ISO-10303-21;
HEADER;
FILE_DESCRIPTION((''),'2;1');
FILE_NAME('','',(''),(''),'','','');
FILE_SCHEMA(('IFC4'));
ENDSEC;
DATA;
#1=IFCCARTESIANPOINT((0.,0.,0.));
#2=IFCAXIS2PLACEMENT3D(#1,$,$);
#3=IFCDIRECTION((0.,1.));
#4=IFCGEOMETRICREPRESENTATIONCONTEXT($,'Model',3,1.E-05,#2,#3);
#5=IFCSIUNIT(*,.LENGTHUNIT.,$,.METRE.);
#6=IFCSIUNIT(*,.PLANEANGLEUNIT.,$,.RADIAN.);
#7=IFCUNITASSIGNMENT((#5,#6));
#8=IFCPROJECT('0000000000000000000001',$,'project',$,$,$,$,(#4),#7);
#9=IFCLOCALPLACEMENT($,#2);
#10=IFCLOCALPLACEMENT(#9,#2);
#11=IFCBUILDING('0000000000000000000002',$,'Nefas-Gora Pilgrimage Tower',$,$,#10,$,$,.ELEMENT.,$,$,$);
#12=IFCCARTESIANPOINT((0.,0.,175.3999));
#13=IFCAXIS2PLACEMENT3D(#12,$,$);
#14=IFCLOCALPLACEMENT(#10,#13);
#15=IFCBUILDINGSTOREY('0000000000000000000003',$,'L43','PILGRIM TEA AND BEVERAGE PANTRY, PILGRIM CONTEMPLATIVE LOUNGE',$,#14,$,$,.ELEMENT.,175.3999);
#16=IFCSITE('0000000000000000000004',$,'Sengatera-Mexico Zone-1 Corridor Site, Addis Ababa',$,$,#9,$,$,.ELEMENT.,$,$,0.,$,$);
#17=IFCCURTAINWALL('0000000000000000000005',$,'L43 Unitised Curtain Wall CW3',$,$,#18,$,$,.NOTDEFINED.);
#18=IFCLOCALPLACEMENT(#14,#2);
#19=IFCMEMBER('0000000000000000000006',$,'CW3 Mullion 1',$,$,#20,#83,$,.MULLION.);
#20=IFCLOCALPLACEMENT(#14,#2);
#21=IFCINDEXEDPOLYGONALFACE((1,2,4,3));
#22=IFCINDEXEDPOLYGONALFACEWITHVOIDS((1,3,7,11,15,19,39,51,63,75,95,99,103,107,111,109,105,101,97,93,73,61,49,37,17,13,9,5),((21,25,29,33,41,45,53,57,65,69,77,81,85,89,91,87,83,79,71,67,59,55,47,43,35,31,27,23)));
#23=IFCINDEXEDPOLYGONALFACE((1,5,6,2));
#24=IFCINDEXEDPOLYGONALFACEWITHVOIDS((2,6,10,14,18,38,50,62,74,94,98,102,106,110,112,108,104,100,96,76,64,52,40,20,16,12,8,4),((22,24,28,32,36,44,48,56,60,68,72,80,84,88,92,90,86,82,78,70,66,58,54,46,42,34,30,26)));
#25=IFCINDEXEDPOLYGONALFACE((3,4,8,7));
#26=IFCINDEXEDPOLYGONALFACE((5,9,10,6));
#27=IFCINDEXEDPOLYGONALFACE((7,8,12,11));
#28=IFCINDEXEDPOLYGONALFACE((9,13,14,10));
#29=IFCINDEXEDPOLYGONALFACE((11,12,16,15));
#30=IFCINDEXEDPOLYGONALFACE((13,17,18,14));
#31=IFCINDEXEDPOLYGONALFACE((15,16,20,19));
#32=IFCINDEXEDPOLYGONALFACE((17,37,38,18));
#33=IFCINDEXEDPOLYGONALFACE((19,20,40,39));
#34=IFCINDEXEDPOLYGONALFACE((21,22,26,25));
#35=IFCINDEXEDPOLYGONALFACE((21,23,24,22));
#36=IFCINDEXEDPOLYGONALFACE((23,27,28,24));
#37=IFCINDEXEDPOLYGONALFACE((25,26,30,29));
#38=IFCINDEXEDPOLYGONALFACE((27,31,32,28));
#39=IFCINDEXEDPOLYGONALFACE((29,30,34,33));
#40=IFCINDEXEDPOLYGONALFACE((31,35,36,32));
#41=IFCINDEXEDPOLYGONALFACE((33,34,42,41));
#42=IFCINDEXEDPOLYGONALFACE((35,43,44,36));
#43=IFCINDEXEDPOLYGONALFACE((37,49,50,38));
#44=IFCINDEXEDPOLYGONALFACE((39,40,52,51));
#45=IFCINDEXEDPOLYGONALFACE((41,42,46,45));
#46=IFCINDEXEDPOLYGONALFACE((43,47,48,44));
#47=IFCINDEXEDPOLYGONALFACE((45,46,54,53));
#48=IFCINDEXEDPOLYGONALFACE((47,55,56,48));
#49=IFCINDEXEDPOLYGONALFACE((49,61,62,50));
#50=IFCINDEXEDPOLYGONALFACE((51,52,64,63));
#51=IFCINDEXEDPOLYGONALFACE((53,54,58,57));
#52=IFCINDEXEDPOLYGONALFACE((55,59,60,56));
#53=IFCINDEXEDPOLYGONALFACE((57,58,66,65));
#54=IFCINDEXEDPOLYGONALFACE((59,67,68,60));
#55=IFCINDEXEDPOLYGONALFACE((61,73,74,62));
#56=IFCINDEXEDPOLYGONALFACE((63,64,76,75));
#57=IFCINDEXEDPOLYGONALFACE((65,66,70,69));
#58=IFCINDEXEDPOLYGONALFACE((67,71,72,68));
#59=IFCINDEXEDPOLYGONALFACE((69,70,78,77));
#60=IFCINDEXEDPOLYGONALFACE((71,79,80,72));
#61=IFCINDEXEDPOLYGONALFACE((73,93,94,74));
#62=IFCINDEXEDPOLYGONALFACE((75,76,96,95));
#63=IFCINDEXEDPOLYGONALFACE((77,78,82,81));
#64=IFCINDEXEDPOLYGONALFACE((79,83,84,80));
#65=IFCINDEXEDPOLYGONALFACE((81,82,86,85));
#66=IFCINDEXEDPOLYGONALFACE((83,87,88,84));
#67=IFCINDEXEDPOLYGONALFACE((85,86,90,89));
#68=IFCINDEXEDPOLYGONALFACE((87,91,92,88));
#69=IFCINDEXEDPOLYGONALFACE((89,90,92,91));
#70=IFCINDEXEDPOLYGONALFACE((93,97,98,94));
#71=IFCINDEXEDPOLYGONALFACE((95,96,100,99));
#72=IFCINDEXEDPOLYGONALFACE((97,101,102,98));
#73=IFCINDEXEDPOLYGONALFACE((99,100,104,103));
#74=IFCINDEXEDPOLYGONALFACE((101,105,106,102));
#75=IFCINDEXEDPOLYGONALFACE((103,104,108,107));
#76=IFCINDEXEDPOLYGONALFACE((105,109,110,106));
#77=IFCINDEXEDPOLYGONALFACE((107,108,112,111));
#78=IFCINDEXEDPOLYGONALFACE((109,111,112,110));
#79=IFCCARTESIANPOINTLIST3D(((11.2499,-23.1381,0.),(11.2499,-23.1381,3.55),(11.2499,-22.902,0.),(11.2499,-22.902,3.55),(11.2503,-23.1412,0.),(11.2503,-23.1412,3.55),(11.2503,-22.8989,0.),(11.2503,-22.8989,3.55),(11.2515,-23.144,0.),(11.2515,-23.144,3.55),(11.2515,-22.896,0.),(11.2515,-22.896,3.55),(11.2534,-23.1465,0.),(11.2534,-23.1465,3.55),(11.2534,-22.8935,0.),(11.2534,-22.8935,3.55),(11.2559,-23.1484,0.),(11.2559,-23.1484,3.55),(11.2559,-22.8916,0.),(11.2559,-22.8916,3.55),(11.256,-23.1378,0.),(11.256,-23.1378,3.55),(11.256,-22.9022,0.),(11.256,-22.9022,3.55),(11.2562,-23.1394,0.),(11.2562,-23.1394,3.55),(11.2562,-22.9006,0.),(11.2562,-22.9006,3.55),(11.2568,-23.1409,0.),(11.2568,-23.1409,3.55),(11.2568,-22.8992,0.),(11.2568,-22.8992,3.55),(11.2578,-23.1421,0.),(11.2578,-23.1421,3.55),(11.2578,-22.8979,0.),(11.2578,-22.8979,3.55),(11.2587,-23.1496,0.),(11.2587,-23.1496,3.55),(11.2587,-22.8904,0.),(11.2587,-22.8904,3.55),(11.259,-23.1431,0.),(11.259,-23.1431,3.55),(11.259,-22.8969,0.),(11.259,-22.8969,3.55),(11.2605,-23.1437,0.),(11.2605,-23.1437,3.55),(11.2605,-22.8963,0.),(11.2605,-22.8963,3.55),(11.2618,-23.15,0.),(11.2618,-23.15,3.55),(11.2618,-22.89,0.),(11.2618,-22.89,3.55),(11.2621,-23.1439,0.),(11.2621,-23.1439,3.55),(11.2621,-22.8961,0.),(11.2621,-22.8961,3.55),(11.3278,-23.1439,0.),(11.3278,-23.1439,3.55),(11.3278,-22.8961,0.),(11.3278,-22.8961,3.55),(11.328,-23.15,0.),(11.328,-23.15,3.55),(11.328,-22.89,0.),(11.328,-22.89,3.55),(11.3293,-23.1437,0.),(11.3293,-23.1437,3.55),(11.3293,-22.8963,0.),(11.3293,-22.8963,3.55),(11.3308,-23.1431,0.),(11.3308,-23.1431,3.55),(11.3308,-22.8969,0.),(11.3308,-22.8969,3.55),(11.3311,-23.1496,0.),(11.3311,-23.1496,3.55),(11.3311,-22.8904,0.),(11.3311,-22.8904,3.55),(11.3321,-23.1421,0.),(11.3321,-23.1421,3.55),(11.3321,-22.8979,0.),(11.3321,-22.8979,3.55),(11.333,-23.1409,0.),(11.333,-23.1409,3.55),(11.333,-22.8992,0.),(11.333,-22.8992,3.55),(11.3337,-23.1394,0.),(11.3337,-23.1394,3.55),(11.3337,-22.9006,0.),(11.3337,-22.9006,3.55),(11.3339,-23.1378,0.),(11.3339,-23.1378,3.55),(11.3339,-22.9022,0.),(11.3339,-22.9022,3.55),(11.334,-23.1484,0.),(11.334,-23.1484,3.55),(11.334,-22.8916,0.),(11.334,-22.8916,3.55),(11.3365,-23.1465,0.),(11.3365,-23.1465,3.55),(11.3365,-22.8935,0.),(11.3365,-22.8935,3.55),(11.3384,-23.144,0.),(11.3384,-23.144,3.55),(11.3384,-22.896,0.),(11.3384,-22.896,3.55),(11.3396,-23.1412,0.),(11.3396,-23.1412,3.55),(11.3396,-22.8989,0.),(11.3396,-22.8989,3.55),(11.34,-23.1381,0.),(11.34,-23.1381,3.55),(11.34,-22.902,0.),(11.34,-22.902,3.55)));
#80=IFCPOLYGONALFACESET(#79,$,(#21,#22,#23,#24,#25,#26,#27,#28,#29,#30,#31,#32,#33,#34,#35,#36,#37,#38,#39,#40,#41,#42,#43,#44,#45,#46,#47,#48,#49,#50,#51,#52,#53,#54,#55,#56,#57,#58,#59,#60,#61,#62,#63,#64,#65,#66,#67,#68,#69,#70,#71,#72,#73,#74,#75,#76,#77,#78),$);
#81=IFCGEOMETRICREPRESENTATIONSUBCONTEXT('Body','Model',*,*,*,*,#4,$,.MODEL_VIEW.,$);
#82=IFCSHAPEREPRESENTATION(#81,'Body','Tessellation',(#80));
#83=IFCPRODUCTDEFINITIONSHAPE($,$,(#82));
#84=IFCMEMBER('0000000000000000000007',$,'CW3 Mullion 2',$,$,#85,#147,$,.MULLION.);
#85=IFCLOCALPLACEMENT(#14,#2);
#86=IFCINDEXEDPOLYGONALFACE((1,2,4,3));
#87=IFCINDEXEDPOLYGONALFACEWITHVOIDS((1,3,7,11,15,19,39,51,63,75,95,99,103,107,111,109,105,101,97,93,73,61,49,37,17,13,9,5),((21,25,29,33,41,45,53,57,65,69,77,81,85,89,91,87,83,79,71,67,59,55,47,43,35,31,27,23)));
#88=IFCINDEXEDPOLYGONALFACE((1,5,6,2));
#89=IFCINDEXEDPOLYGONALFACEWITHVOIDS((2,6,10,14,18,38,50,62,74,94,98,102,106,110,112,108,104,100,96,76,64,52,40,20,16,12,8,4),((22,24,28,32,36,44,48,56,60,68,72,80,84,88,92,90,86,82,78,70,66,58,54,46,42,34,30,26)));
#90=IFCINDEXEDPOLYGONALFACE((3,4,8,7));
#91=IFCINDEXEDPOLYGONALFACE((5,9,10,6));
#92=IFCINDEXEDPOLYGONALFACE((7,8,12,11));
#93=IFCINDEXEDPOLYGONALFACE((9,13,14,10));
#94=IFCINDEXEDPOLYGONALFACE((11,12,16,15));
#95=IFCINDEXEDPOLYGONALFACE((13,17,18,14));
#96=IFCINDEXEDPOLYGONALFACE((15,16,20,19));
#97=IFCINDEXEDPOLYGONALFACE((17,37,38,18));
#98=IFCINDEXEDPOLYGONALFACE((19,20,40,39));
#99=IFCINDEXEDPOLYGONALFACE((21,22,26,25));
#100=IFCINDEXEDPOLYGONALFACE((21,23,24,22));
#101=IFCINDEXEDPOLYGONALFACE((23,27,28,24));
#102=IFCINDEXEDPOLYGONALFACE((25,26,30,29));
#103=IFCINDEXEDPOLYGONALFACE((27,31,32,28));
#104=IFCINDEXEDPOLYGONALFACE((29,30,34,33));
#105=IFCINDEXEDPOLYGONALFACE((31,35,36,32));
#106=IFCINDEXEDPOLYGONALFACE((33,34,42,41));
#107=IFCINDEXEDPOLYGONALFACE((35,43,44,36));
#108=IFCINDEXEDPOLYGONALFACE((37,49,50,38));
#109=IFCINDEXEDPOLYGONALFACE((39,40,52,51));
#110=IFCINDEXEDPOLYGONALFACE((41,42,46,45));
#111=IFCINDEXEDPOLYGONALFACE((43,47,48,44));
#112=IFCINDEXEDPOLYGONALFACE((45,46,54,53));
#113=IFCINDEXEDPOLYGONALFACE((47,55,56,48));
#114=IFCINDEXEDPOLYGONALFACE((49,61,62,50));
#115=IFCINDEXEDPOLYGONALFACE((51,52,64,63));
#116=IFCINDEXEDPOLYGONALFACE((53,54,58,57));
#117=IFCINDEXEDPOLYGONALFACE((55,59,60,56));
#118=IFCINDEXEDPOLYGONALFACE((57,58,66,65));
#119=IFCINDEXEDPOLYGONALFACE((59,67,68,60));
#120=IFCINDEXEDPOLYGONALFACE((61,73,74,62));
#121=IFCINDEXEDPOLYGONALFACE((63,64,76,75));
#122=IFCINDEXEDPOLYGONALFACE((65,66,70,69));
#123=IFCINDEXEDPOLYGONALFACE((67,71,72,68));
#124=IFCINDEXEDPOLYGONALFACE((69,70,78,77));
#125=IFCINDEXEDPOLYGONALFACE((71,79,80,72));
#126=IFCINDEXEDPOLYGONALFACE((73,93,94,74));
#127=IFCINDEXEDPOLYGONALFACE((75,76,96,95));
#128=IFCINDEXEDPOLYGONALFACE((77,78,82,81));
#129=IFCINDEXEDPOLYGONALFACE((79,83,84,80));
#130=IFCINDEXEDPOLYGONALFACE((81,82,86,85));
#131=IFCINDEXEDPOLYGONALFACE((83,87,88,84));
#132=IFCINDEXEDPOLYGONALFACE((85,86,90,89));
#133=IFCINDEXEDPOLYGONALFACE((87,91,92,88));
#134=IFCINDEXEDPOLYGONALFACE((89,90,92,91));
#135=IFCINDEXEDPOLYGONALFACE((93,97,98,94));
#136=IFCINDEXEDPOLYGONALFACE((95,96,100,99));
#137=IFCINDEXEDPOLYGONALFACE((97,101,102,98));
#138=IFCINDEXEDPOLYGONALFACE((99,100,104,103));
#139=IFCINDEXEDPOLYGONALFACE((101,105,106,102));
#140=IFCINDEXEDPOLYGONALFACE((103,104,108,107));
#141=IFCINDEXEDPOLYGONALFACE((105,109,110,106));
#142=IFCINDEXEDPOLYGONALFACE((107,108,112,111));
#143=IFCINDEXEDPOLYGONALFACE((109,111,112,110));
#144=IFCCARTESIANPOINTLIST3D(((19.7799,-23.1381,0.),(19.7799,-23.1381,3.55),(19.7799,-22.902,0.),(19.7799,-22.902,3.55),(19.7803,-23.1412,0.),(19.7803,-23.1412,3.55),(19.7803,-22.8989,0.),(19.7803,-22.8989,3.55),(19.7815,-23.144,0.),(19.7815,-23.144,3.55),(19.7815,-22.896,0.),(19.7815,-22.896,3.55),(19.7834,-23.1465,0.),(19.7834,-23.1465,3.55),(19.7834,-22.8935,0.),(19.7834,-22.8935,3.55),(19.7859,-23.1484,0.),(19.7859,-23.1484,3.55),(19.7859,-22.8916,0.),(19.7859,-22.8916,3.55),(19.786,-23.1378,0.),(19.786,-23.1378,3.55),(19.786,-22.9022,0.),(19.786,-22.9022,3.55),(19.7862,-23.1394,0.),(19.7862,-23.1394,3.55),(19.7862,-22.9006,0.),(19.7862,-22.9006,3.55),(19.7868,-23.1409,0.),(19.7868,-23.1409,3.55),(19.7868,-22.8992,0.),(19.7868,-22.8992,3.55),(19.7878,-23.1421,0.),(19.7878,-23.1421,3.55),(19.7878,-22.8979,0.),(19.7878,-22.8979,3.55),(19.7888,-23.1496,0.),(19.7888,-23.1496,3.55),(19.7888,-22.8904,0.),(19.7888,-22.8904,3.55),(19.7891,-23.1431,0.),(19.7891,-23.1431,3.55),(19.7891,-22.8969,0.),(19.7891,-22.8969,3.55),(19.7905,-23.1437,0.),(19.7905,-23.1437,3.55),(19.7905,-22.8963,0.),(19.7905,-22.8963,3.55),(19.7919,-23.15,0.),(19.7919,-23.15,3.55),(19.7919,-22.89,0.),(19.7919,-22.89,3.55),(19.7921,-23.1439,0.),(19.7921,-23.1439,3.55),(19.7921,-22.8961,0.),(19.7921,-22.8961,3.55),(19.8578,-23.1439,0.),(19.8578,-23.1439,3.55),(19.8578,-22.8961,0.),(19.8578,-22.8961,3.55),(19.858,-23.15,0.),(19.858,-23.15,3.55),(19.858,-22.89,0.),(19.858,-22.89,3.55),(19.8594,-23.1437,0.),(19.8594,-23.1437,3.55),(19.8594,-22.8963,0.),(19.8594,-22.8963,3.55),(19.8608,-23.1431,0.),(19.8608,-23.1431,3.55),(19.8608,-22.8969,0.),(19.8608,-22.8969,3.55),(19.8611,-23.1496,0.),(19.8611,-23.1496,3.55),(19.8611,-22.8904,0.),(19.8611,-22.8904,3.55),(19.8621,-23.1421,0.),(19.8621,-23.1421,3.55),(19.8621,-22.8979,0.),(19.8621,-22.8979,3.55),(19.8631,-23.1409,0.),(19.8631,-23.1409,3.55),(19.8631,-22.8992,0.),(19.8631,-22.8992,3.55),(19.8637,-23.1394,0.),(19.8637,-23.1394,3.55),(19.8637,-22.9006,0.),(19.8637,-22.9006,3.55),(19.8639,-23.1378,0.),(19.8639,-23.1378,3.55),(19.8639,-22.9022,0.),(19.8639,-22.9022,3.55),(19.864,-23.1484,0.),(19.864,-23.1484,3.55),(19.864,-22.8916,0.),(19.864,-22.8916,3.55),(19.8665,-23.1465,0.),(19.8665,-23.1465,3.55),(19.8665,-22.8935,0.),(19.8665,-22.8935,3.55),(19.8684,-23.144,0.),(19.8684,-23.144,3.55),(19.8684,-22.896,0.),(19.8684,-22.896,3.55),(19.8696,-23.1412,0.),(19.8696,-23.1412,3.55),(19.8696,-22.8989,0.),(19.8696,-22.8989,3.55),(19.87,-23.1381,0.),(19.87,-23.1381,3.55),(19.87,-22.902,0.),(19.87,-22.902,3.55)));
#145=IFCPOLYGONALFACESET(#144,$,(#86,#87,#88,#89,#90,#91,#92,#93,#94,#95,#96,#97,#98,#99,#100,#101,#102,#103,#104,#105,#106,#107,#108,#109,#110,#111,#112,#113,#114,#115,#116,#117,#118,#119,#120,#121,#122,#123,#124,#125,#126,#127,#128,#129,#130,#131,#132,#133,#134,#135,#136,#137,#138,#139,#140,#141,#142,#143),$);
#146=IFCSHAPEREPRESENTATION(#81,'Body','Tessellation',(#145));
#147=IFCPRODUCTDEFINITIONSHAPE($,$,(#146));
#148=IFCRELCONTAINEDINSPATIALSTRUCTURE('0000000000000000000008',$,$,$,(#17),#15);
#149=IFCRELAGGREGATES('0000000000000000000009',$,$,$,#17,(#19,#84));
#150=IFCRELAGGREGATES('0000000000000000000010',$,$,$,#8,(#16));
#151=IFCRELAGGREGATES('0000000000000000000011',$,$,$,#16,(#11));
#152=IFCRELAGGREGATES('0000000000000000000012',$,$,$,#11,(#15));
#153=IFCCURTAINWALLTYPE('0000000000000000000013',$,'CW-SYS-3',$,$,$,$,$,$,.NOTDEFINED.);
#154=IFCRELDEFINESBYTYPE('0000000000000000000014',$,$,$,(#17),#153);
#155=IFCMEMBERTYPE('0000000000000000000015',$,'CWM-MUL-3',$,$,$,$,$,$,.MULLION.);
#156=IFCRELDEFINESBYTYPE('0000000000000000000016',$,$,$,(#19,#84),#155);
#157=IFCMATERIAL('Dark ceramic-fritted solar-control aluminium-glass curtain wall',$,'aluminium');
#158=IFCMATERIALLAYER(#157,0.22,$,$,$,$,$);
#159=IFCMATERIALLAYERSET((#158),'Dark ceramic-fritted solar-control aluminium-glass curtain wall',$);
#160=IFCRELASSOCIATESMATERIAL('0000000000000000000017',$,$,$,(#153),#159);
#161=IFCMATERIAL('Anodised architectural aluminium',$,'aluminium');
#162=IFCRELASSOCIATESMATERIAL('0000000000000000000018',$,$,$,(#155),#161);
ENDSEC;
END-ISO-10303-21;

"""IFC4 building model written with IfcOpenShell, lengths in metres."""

from ifc_helpers import new_model, si_unit, direction, frame, origin, origin_2d, place, context, subcontext, project, spatial, hollow_rectangle, extrude, source, transform, mapped, material, layer, layer_set, material_profile, profile_set, type_object, element, aggregate, save


model = new_model("IFC4")

# Units and contexts
model_context = context("Model", 3, precision=1e-05, world=origin(), true_north=direction((0.0, 1.0)))
body_context = subcontext(model_context, "Body", "Model", "MODEL_VIEW")
ifc_project = project(units=[si_unit("LENGTHUNIT", "METRE"), si_unit("PLANEANGLEUNIT", "RADIAN")], contexts=[model_context])

# Site, building, storey
site_placement = place(None, origin())
site = spatial("IfcSite", under=ifc_project, at=site_placement, Name="Sengatera-Mexico Zone-1 Corridor Site, Addis Ababa", CompositionType="ELEMENT", RefElevation=0.0)
building_placement = place(site_placement, origin())
building = spatial("IfcBuilding", under=site, at=building_placement, Name="Nefas-Gora Pilgrimage Tower", CompositionType="ELEMENT")
storey_placement = place(building_placement, frame((0.0, 0.0, 175.3999)))
storey = spatial("IfcBuildingStorey", under=building, at=storey_placement, Name="L43", Description="PILGRIM TEA AND BEVERAGE PANTRY, PILGRIM CONTEMPLATIVE LOUNGE", CompositionType="ELEMENT", Elevation=175.3999)

# Curtain wall, members
ifc_material_1 = material(Name="Dark ceramic-fritted solar-control aluminium-glass curtain wall", Category="aluminium")
ifc_layer_1 = layer(ifc_material_1, 0.22)
ifc_layer_set_1 = layer_set([ifc_layer_1], Name="Dark ceramic-fritted solar-control aluminium-glass curtain wall")
curtain_wall_type = type_object("IfcCurtainWallType", Name="CW-SYS-3", PredefinedType="NOTDEFINED", material=ifc_layer_set_1)
curtain_wall_1_placement = place(storey_placement, origin())
curtain_wall_1 = element("IfcCurtainWall", 1, at=curtain_wall_1_placement, inside=storey, type_object=curtain_wall_type, Name="L43 Unitised Curtain Wall CW3", PredefinedType="NOTDEFINED")
ifc_material_2 = material(Name="Anodised architectural aluminium", Category="aluminium")
ifc_material_profile_1 = material_profile(ifc_material_2, hollow_rectangle(XDim=0.0901, YDim=0.26, WallThickness=0.0061, InnerFilletRadius=0.0061, OuterFilletRadius=0.012, at=origin_2d()), Name="ALU MULLION 90x260")
ifc_profile_set_1 = profile_set([ifc_material_profile_1], Name="Anodised architectural aluminium")
member_type_1 = type_object("IfcMemberType", Name="CWM-MUL-3", PredefinedType="MULLION", material=ifc_profile_set_1)
shared_shape_1 = source(origin(), body_context, "Body", "SweptSolid", [
    extrude(hollow_rectangle(XDim=0.0901, YDim=0.26, WallThickness=0.0061, InnerFilletRadius=0.0061, OuterFilletRadius=0.012, at=origin_2d()), origin(), (0.0, 0.0, 1.0), 3.55),
])
member_1_placement = place(storey_placement, frame((11.2949, -23.02, 0.0), z_axis=(0.0, 0.0, 1.0), x_axis=(1.0, 0.0, 0.0)))
member_1 = element("IfcMember", 2, at=member_1_placement, type_object=member_type_1, Name="CW3 Mullion 1", PredefinedType="MULLION", context=body_context, shape_type="MappedRepresentation", body=[
    mapped(shared_shape_1, transform((0.0, 0.0, 0.0), x_axis=(1.0, 0.0, 0.0), y_axis=(0.0, 1.0, 0.0), z_axis=(0.0, 0.0, 1.0), scale=1.0)),
])
member_2_placement = place(storey_placement, frame((19.825, -23.02, 0.0), z_axis=(0.0, 0.0, 1.0), x_axis=(1.0, 0.0, 0.0)))
member_2 = element("IfcMember", 3, at=member_2_placement, type_object=member_type_1, Name="CW3 Mullion 2", PredefinedType="MULLION", context=body_context, shape_type="MappedRepresentation", body=[
    mapped(shared_shape_1, transform((0.0, 0.0, 0.0), x_axis=(1.0, 0.0, 0.0), y_axis=(0.0, 1.0, 0.0), z_axis=(0.0, 0.0, 1.0), scale=1.0)),
])

aggregate(curtain_wall_1, [member_1, member_2])

save(model, "model.ifc")
